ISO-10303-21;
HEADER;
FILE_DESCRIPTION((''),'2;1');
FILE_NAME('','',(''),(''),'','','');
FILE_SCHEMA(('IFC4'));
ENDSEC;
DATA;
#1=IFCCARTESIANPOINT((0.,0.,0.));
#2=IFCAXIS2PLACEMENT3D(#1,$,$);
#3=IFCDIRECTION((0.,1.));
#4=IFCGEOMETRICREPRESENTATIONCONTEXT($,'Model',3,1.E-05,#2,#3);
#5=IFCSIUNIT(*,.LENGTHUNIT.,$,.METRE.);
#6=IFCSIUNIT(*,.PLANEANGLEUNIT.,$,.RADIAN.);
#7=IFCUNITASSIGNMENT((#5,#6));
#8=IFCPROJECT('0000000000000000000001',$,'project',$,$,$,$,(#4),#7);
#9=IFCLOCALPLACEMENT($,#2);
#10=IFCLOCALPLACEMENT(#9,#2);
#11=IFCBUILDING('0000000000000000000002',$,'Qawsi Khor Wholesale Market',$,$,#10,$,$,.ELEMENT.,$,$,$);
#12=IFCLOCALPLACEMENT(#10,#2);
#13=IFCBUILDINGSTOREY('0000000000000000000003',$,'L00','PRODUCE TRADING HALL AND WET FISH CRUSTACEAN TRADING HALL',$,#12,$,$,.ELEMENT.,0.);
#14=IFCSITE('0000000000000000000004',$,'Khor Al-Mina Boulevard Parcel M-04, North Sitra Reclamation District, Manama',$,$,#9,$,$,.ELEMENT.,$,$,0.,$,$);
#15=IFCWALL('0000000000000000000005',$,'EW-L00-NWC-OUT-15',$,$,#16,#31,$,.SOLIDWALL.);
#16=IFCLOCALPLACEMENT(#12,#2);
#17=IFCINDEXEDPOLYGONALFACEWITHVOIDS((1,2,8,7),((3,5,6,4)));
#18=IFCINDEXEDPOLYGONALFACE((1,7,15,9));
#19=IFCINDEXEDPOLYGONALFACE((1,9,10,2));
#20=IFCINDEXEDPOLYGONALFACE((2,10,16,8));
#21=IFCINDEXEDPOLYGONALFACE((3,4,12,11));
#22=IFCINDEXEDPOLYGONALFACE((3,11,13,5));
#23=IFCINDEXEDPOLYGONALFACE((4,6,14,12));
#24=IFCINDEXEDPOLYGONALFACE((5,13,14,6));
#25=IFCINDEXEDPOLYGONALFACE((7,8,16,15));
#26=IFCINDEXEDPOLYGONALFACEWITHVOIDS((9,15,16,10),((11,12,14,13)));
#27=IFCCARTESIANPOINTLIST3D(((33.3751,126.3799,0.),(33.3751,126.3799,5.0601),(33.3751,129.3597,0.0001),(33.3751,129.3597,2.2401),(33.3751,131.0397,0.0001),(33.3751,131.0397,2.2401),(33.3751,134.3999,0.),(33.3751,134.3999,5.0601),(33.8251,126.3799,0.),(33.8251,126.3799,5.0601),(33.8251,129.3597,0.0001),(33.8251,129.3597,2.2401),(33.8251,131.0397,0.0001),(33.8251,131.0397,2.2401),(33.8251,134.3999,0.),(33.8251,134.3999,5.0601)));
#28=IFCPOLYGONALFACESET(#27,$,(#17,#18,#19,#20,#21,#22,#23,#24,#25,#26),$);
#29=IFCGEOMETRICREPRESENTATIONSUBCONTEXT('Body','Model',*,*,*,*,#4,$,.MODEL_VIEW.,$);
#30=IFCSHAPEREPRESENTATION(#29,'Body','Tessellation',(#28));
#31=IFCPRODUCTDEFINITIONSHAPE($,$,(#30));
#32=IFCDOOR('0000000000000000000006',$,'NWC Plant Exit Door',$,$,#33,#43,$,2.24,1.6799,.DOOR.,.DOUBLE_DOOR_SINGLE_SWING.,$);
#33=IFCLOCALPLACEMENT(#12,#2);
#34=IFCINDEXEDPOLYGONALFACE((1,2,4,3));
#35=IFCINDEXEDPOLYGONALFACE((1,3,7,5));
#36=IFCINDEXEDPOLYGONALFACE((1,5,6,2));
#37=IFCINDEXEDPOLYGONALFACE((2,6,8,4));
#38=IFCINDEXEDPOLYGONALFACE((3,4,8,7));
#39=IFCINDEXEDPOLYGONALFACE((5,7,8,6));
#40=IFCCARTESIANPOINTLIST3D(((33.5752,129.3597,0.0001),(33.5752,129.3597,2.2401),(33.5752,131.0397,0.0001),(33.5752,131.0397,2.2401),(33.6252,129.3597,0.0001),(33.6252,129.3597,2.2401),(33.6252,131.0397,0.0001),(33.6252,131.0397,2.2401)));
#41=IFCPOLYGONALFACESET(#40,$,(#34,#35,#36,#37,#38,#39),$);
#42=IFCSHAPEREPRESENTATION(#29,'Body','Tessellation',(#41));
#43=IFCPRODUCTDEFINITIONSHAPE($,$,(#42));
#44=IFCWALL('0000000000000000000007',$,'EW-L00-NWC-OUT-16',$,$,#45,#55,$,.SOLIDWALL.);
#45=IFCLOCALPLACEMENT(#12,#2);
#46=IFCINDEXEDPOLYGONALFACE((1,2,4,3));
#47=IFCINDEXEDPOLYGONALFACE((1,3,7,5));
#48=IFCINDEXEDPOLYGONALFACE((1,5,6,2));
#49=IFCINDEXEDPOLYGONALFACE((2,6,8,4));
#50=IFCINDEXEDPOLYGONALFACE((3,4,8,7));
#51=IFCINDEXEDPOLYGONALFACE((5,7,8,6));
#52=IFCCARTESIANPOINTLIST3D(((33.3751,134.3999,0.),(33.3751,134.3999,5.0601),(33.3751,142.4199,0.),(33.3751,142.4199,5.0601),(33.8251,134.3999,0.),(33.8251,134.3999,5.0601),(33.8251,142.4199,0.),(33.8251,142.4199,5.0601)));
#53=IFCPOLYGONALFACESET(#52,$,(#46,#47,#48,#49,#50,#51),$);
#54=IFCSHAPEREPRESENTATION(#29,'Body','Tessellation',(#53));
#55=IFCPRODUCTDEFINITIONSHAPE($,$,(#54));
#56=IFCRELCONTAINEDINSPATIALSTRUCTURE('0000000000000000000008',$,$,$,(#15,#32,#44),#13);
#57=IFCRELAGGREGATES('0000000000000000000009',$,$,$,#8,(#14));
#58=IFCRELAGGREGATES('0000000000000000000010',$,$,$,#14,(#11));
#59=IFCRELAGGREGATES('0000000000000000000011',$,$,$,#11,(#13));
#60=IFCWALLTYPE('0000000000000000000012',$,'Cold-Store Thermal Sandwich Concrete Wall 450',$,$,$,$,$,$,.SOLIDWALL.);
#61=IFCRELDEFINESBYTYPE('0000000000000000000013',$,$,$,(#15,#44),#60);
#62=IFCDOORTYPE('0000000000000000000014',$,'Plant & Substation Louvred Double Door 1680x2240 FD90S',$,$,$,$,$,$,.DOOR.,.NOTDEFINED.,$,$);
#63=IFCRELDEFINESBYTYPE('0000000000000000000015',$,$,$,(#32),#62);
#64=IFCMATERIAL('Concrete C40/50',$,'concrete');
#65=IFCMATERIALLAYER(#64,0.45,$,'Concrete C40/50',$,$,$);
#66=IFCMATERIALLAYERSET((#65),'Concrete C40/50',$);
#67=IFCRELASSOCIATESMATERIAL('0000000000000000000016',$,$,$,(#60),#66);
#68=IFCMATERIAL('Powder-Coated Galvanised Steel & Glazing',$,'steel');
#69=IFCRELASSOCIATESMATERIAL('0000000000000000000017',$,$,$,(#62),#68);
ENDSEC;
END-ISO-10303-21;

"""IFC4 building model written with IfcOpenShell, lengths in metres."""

from ifc_helpers import new_model, si_unit, direction, frame, frame_2d, origin, place, context, subcontext, project, spatial, rectangle, extrude, material, layer, layer_set, type_object, element, fill, save


model = new_model("IFC4")

# Units and contexts
model_context = context("Model", 3, precision=1e-05, world=origin(), true_north=direction((0.0, 1.0)))
body_context = subcontext(model_context, "Body", "Model", "MODEL_VIEW")
ifc_project = project(units=[si_unit("LENGTHUNIT", "METRE"), si_unit("PLANEANGLEUNIT", "RADIAN")], contexts=[model_context])

# Site, building, storey
site_placement = place(None, origin())
site = spatial("IfcSite", under=ifc_project, at=site_placement, Name="Khor Al-Mina Boulevard Parcel M-04, North Sitra Reclamation District, Manama", CompositionType="ELEMENT", RefElevation=0.0)
building_placement = place(site_placement, origin())
building = spatial("IfcBuilding", under=site, at=building_placement, Name="Qawsi Khor Wholesale Market", CompositionType="ELEMENT")
storey_placement = place(building_placement, origin())
storey = spatial("IfcBuildingStorey", under=building, at=storey_placement, Name="L00", Description="PRODUCE TRADING HALL AND WET FISH CRUSTACEAN TRADING HALL", CompositionType="ELEMENT", Elevation=0.0)

# Shared definitions
ifc_material_1 = material(Name="Concrete C40/50", Category="concrete")

# Wall, opening, door
ifc_layer_1 = layer(ifc_material_1, 0.45, Name="Concrete C40/50")
ifc_layer_set_1 = layer_set([ifc_layer_1], Name="Concrete C40/50")
wall_type_1 = type_object("IfcWallType", Name="Cold-Store Thermal Sandwich Concrete Wall 450", PredefinedType="SOLIDWALL", material=ifc_layer_set_1)
wall_1_placement = place(storey_placement, frame((33.6001, 126.3799, 0.0), z_axis=(0.0, 0.0, 1.0), x_axis=(0.0, 1.0, 0.0)))
wall_1 = element("IfcWall", 1, at=wall_1_placement, inside=storey, type_object=wall_type_1, Name="EW-L00-NWC-OUT-15", PredefinedType="SOLIDWALL", context=body_context, shape_type="SweptSolid", body=[
    extrude(rectangle(XDim=8.02, YDim=0.45, at=frame_2d((4.01, 0.0))), origin(), (0.0, 0.0, 1.0), 5.0601),
])
opening_1_placement = place(wall_1_placement, frame((2.98, 0.0, 0.0)))
opening_1 = element("IfcOpeningElement", 2, at=opening_1_placement, cuts=wall_1, PredefinedType="OPENING", context=body_context, shape_type="SweptSolid", body=[
    extrude(rectangle(XDim=1.6799, YDim=2.24, at=frame_2d((0.8398, 1.1201))), frame((0.0, 0.2349, 0.0), z_axis=(0.0, -1.0, 0.0), x_axis=(1.0, 0.0, 0.0)), (0.0, 0.0, 1.0), 0.47),
])
ifc_material_2 = material(Name="Powder-Coated Galvanised Steel & Glazing", Category="steel")
door_type_1 = type_object("IfcDoorType", Name="Plant & Substation Louvred Double Door 1680x2240 FD90S", OperationType="NOTDEFINED", PredefinedType="DOOR", material=ifc_material_2)
door_1_placement = place(opening_1_placement, origin())
door_1 = element("IfcDoor", 3, at=door_1_placement, inside=storey, type_object=door_type_1, Name="NWC Plant Exit Door", OperationType="DOUBLE_DOOR_SINGLE_SWING", OverallHeight=2.24, OverallWidth=1.6799, PredefinedType="DOOR", context=body_context, shape_type="SweptSolid", body=[
    extrude(rectangle(XDim=1.6799, YDim=2.24, at=frame_2d((0.8398, 1.1201))), frame((0.0, 0.0249, 0.0), z_axis=(0.0, -1.0, 0.0), x_axis=(1.0, 0.0, 0.0)), (0.0, 0.0, 1.0), 0.05),
])
fill(opening_1, door_1)

# Wall
wall_2_placement = place(storey_placement, frame((33.6001, 134.3999, 0.0), z_axis=(0.0, 0.0, 1.0), x_axis=(0.0, 1.0, 0.0)))
element("IfcWall", 4, at=wall_2_placement, inside=storey, type_object=wall_type_1, Name="EW-L00-NWC-OUT-16", PredefinedType="SOLIDWALL", context=body_context, shape_type="SweptSolid", body=[
    extrude(rectangle(XDim=8.02, YDim=0.45, at=frame_2d((4.01, 0.0))), origin(), (0.0, 0.0, 1.0), 5.0601),
])

save(model, "model.ifc")
